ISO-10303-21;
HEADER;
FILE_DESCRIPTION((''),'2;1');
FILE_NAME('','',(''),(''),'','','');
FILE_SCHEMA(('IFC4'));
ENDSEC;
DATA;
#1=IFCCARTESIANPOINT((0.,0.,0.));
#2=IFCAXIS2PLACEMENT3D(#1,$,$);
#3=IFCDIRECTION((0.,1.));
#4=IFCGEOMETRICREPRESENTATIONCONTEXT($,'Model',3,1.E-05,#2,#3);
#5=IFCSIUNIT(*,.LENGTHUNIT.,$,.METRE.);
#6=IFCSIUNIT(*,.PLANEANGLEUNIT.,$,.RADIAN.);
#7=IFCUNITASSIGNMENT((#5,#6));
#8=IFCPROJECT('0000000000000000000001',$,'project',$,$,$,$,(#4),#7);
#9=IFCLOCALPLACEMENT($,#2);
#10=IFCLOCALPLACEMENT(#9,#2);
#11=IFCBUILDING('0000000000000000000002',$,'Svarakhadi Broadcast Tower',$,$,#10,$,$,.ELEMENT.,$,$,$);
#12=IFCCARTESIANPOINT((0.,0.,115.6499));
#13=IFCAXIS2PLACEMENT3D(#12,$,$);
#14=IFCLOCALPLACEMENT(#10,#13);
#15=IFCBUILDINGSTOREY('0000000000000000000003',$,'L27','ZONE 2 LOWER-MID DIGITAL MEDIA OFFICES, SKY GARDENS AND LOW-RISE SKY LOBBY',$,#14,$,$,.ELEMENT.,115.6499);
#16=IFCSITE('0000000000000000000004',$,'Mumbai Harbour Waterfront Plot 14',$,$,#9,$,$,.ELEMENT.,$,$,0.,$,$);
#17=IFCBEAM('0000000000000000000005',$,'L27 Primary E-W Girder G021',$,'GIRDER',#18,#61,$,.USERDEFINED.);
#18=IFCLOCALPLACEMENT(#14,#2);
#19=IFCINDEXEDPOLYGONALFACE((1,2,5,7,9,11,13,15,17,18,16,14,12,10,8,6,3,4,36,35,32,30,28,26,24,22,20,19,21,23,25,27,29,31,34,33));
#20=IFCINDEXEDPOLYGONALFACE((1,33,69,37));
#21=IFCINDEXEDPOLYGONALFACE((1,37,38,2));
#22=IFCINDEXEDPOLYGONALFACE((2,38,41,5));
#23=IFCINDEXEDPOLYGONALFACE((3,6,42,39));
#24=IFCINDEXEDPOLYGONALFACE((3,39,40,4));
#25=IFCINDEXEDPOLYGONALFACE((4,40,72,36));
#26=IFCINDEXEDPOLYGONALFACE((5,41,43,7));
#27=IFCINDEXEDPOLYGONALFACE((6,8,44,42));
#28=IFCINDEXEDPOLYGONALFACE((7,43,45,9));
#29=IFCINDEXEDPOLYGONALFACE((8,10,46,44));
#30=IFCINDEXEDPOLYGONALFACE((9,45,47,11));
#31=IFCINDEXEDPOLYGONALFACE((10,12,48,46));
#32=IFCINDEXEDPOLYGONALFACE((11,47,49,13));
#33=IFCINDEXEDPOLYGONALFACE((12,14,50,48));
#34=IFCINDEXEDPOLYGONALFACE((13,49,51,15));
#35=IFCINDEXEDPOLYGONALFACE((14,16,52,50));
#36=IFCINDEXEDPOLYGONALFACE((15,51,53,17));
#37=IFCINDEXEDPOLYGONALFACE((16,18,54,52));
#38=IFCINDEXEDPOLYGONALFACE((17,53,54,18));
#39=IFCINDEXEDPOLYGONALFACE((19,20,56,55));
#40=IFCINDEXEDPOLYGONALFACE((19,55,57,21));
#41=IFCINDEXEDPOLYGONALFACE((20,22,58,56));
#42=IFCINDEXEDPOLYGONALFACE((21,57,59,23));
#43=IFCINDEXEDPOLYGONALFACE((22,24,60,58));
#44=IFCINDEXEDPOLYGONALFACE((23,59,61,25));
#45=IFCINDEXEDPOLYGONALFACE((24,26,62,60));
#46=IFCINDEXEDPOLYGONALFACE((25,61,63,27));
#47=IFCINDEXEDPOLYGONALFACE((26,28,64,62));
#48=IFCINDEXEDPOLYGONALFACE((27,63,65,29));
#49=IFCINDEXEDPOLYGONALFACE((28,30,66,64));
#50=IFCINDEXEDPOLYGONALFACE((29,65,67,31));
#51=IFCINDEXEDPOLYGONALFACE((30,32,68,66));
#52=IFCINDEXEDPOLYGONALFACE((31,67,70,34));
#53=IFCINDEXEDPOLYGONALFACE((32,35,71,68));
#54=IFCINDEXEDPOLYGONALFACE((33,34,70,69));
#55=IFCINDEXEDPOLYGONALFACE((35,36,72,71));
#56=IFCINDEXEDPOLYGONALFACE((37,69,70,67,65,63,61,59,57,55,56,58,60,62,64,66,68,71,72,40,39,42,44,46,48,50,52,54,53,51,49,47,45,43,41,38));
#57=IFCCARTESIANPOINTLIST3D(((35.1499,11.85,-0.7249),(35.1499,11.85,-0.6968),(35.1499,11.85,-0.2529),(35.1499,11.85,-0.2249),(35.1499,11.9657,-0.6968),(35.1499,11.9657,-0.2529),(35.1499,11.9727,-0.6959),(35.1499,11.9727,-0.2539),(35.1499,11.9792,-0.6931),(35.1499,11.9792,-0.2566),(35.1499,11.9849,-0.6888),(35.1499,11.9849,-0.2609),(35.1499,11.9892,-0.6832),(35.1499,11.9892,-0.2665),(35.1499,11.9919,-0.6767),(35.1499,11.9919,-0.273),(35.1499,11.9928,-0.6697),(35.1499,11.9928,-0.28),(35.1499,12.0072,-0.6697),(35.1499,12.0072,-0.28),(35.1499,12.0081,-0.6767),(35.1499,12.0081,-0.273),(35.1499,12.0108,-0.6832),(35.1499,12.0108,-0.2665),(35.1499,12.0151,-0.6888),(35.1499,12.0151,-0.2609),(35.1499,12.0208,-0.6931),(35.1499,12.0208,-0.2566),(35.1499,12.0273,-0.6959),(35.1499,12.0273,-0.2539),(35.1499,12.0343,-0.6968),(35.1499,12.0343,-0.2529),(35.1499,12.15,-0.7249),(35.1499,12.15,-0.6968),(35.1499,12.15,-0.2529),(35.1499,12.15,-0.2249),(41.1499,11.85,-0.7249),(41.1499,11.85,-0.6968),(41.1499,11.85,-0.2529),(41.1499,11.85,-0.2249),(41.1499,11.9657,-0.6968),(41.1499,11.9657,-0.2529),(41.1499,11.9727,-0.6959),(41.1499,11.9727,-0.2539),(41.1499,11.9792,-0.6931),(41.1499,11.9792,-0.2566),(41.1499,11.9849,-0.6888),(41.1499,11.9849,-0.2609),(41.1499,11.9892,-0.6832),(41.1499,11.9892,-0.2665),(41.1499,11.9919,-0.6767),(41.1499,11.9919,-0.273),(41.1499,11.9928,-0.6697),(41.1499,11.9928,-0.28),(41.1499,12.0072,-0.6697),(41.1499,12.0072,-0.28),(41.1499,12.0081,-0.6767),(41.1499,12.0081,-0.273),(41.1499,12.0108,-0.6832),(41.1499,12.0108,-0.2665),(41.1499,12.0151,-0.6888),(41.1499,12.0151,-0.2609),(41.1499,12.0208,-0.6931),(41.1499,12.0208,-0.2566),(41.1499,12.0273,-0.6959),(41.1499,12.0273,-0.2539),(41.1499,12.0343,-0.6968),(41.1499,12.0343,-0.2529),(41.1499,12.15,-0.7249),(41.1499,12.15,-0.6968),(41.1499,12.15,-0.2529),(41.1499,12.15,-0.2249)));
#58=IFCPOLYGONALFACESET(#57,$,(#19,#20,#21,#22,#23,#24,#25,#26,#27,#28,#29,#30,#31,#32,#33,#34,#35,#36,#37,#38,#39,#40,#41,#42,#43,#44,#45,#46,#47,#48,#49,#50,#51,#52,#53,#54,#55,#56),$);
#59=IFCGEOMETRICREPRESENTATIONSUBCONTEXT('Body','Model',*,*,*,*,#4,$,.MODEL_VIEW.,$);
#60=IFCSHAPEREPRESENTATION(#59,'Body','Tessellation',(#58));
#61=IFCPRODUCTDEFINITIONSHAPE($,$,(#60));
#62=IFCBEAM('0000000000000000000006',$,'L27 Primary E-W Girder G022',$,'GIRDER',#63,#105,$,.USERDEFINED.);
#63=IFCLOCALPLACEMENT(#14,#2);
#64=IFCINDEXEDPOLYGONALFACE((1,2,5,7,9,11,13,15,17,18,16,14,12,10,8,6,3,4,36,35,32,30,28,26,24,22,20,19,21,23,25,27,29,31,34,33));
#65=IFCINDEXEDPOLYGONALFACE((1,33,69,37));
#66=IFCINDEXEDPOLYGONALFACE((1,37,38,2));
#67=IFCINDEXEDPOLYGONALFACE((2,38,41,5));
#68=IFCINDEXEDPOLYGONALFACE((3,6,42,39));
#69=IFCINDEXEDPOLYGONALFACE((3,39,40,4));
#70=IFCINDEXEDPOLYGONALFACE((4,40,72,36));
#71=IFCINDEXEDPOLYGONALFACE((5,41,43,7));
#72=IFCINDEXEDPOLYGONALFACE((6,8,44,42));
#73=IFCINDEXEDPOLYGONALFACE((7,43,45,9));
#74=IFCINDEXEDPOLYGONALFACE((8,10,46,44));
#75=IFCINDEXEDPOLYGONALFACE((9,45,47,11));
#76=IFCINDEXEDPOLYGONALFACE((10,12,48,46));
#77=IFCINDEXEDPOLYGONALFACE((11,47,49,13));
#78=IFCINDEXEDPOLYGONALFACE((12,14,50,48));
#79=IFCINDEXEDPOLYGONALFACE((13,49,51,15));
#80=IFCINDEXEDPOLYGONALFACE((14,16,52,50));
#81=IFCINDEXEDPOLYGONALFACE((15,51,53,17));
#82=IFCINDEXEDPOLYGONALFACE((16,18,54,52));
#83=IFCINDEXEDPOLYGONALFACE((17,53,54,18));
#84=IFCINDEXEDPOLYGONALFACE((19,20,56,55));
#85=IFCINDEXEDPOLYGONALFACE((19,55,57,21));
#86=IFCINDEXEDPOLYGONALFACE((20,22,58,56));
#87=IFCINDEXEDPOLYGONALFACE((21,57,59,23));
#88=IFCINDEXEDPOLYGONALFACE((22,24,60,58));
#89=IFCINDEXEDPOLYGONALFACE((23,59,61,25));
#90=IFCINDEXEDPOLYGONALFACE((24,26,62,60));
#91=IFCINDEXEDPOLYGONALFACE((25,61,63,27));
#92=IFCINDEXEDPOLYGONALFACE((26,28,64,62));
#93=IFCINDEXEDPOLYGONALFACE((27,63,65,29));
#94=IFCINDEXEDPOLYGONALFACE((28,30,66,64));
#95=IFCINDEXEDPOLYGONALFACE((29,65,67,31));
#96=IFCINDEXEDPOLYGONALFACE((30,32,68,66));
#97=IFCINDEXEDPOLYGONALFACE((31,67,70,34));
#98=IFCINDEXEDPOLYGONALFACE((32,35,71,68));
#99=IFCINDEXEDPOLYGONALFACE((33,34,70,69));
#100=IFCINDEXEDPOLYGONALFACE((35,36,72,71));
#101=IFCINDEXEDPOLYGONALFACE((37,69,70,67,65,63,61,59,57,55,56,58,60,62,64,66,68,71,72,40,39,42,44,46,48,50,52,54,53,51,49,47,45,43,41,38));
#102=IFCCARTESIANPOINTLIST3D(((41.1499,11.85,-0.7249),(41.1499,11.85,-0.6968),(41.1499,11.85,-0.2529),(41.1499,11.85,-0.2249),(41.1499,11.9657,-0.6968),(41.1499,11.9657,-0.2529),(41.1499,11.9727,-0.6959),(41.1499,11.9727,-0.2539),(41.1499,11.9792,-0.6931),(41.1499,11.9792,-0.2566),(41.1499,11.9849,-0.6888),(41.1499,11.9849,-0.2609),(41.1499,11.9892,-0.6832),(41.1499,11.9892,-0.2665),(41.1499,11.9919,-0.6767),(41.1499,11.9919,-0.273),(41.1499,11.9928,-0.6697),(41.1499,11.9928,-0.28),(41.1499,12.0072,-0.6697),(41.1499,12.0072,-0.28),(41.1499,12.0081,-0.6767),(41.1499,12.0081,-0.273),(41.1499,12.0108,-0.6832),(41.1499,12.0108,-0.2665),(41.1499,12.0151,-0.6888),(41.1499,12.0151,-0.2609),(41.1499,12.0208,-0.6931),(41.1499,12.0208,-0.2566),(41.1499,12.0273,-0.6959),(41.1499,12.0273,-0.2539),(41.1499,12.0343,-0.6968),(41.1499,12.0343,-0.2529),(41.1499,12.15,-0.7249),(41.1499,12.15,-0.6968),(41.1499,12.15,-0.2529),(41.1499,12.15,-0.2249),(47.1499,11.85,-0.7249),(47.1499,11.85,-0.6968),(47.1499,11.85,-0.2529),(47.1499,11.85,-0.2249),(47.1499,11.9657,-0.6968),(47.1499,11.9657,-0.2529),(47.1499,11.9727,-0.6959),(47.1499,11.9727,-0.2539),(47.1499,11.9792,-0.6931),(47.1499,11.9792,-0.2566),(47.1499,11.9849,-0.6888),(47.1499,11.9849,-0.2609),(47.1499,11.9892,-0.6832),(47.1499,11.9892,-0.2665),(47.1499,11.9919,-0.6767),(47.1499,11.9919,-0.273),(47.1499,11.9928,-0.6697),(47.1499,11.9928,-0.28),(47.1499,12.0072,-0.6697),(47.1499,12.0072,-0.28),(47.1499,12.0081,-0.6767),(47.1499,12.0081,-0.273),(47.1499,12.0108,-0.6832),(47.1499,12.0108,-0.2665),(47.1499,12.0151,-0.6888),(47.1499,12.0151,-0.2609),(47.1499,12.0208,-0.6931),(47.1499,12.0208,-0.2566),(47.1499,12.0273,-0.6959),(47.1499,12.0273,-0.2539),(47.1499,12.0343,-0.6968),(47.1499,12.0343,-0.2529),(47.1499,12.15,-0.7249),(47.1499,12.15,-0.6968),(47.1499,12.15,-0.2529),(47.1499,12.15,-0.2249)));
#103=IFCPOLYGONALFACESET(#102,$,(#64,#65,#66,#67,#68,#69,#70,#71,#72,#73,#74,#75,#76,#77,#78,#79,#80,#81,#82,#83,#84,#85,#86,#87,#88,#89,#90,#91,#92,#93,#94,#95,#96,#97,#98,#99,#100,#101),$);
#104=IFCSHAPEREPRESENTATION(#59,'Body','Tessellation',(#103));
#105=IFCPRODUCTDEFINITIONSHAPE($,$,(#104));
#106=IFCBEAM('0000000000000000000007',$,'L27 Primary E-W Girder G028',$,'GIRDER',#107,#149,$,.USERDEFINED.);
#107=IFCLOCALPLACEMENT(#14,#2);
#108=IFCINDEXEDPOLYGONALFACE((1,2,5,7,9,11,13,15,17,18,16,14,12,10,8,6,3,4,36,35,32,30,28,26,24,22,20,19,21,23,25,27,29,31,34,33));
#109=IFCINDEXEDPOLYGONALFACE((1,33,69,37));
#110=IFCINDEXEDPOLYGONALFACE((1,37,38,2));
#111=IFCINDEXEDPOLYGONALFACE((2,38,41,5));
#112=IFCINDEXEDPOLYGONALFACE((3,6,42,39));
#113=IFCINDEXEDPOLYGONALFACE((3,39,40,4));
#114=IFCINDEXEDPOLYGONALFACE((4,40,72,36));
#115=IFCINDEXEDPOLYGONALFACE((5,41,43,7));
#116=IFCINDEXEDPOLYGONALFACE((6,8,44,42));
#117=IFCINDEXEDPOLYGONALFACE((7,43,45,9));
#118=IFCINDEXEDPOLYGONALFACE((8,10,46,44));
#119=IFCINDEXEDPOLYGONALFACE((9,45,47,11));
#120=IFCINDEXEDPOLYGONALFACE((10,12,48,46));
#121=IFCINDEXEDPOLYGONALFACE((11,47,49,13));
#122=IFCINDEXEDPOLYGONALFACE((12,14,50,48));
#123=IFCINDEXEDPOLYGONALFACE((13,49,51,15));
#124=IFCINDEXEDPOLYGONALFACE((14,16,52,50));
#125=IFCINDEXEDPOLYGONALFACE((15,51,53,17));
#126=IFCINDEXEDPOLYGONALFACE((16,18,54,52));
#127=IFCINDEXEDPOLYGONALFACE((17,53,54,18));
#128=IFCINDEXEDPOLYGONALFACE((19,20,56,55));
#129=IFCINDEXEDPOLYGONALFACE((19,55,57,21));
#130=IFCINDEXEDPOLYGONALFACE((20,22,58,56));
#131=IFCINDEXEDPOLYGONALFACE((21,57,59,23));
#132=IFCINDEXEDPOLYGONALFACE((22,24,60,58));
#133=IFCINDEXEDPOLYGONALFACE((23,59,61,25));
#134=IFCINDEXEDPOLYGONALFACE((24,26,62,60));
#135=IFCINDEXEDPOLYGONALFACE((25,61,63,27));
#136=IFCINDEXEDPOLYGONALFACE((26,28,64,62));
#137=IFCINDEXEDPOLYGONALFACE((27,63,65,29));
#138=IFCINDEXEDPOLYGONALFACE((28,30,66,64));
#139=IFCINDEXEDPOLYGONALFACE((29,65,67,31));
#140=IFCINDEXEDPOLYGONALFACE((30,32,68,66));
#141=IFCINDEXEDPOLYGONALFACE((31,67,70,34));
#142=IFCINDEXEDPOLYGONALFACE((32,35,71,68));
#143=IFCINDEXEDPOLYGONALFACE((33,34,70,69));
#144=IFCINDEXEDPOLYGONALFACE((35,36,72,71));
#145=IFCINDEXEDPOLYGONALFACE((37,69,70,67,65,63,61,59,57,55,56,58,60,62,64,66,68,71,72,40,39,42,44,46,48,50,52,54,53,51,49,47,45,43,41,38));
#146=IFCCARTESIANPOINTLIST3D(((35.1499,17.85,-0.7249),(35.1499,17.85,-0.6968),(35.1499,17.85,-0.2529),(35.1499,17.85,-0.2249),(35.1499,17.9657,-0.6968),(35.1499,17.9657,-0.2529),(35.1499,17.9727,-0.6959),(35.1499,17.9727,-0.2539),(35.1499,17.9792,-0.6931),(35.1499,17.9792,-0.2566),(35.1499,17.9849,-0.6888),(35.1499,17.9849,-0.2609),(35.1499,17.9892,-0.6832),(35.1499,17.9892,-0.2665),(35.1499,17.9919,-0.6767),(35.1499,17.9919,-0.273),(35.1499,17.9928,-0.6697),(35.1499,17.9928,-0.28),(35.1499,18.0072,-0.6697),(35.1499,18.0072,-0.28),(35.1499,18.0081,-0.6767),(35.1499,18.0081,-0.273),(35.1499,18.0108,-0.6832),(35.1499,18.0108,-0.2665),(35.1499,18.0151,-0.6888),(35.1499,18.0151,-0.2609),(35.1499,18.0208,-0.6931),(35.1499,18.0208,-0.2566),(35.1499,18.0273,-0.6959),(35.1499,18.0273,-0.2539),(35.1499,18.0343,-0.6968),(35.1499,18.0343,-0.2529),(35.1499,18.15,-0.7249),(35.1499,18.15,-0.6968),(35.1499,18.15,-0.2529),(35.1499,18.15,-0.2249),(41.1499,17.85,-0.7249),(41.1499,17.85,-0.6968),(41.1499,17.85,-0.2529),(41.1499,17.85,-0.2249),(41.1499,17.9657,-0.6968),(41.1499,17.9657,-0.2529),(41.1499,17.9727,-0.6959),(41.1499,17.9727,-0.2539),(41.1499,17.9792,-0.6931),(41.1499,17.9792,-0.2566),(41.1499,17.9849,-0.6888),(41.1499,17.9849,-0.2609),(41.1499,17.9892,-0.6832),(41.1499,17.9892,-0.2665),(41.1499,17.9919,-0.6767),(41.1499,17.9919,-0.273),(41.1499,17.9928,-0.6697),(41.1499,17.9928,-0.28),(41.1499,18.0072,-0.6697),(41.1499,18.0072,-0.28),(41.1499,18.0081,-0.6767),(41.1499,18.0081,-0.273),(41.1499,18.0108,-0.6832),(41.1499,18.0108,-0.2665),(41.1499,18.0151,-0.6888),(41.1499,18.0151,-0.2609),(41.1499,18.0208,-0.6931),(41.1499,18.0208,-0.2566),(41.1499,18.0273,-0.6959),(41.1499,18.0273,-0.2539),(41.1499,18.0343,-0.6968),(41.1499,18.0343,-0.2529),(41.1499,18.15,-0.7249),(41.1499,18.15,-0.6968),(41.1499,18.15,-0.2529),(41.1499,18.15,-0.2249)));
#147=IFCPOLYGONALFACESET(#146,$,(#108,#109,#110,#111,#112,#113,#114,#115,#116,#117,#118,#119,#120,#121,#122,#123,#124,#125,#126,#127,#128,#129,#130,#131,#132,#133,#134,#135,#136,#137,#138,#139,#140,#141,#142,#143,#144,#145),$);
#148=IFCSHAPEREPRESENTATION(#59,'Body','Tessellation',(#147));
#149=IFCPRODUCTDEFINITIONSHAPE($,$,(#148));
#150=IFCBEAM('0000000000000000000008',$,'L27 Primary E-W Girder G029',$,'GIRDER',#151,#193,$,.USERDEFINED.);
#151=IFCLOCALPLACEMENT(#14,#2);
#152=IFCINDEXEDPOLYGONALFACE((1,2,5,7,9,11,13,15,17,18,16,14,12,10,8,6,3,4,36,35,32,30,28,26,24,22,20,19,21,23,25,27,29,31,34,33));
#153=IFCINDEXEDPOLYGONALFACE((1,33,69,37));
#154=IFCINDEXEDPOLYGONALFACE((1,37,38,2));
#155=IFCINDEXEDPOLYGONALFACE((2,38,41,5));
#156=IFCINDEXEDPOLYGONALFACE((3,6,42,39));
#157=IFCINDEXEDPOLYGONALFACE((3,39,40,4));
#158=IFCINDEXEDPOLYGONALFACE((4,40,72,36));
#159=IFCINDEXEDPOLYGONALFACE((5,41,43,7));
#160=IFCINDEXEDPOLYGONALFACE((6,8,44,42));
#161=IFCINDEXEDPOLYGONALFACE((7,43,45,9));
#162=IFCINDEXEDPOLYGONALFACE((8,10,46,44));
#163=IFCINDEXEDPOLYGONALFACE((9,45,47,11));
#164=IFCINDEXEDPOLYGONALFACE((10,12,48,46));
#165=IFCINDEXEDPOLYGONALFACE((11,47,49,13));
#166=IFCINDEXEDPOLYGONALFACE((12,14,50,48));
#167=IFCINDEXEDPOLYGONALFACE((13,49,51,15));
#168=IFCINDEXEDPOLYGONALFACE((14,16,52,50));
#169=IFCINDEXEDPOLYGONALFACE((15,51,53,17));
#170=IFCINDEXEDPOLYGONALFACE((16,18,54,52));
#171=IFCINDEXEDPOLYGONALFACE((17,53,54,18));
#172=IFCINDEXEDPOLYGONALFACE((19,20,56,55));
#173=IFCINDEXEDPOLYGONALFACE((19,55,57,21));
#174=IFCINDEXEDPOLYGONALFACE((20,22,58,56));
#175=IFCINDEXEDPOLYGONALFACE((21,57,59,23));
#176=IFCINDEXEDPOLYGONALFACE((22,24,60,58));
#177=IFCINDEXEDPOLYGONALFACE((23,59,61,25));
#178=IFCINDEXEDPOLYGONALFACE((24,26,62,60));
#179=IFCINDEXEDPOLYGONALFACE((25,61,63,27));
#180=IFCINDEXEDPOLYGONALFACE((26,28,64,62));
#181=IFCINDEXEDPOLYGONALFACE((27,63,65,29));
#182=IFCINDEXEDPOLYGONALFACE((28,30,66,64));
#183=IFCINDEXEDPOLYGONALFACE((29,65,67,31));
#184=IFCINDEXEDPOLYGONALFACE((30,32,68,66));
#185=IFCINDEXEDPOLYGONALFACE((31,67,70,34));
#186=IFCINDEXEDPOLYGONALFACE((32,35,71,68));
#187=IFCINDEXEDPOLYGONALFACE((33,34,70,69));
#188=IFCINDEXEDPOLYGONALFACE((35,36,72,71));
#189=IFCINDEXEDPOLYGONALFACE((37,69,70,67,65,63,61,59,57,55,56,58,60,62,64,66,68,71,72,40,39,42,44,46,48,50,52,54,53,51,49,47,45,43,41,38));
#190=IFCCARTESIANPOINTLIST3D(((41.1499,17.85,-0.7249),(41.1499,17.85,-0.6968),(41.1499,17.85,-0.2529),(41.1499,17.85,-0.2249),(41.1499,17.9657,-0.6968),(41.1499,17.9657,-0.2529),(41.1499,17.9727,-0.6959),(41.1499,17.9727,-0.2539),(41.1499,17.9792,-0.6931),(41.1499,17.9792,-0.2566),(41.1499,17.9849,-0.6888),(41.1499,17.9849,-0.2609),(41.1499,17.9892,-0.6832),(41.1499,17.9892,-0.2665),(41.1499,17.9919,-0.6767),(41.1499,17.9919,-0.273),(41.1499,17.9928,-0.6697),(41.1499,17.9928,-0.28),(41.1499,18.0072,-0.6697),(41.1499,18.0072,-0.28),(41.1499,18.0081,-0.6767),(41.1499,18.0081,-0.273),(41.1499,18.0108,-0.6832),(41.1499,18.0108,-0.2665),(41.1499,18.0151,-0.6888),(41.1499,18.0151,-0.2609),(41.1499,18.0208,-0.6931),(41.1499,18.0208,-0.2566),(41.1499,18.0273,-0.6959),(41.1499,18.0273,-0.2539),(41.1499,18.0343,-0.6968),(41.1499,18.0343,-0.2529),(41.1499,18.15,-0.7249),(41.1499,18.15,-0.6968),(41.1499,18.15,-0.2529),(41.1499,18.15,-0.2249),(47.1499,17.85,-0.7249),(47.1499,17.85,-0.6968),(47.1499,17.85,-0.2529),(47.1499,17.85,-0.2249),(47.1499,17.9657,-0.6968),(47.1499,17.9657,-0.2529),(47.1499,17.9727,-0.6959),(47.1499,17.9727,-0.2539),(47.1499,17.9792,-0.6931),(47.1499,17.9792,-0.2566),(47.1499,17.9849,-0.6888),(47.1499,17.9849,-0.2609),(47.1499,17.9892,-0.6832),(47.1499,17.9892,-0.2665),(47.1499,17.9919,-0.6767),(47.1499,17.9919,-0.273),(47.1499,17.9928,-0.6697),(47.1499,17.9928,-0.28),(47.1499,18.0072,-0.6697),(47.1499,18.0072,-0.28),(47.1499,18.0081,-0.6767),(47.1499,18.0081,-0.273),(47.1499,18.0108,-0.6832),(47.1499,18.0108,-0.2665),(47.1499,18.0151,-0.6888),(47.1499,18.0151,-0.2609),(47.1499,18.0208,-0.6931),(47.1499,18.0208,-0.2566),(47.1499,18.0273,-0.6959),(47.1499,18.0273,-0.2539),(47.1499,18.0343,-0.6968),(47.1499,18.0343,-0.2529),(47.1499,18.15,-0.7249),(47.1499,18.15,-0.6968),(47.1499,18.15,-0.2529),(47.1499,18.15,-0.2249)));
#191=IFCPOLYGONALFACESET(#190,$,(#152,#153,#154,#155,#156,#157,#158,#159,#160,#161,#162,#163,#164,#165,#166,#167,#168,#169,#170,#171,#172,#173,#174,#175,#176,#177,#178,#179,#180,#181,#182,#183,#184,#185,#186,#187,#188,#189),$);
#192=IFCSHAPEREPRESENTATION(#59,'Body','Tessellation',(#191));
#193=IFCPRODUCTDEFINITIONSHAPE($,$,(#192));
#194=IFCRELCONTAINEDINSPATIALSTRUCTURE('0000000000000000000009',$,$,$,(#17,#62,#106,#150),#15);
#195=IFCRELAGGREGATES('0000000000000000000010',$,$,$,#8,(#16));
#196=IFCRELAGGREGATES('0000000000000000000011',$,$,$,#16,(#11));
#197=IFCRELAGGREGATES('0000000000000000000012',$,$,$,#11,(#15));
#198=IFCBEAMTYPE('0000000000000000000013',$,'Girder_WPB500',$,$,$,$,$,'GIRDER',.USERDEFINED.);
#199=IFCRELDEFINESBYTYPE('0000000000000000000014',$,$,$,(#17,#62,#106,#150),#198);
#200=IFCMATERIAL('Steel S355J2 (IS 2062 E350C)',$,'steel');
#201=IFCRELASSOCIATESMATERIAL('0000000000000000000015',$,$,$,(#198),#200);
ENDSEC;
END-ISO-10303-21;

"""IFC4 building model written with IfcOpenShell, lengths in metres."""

from ifc_helpers import new_model, si_unit, direction, frame, origin, origin_2d, place, context, subcontext, project, spatial, i_section, extrude, material, material_profile, profile_set, type_object, element, save


model = new_model("IFC4")

# Units and contexts
model_context = context("Model", 3, precision=1e-05, world=origin(), true_north=direction((0.0, 1.0)))
body_context = subcontext(model_context, "Body", "Model", "MODEL_VIEW")
ifc_project = project(units=[si_unit("LENGTHUNIT", "METRE"), si_unit("PLANEANGLEUNIT", "RADIAN")], contexts=[model_context])

# Site, building, storey
site_placement = place(None, origin())
site = spatial("IfcSite", under=ifc_project, at=site_placement, Name="Mumbai Harbour Waterfront Plot 14", CompositionType="ELEMENT", RefElevation=0.0)
building_placement = place(site_placement, origin())
building = spatial("IfcBuilding", under=site, at=building_placement, Name="Svarakhadi Broadcast Tower", CompositionType="ELEMENT")
storey_placement = place(building_placement, frame((0.0, 0.0, 115.6499)))
storey = spatial("IfcBuildingStorey", under=building, at=storey_placement, Name="L27", Description="ZONE 2 LOWER-MID DIGITAL MEDIA OFFICES, SKY GARDENS AND LOW-RISE SKY LOBBY", CompositionType="ELEMENT", Elevation=115.6499)

# Shared definitions
ifc_material_1 = material(Name="Steel S355J2 (IS 2062 E350C)", Category="steel")

# Beams
ifc_material_profile_1 = material_profile(ifc_material_1, i_section(OverallWidth=0.3, OverallDepth=0.5, WebThickness=0.0144, FlangeThickness=0.0281, FilletRadius=0.0271, at=origin_2d()), Name="WPB 500x300x187")
ifc_profile_set_1 = profile_set([ifc_material_profile_1], Name="Steel S355J2 (IS 2062 E350C)")
beam_type_1 = type_object("IfcBeamType", Name="Girder_WPB500", ElementType="GIRDER", PredefinedType="USERDEFINED", material=ifc_profile_set_1)
for number, where, z_axis, x_axis, name in (
    (1, (35.1499, 12.0, -0.4749), (1.0, 0.0, 0.0), (0.0, 1.0, 0.0), "L27 Primary E-W Girder G021"),
    (2, (41.1499, 12.0, -0.4749), (1.0, 0.0, 0.0), (0.0, 1.0, 0.0), "L27 Primary E-W Girder G022"),
    (3, (35.1499, 18.0, -0.4749), (1.0, 0.0, 0.0), (0.0, 1.0, 0.0), "L27 Primary E-W Girder G028"),
    (4, (41.1499, 18.0, -0.4749), (1.0, 0.0, 0.0), (0.0, 1.0, 0.0), "L27 Primary E-W Girder G029"),
):
    element("IfcBeam", number, at=place(storey_placement, frame(where, z_axis=z_axis, x_axis=x_axis)), inside=storey, type_object=beam_type_1, Name=name, ObjectType="GIRDER", PredefinedType="USERDEFINED", context=body_context, shape_type="SweptSolid", body=[
        extrude(i_section(OverallWidth=0.3, OverallDepth=0.5, WebThickness=0.0144, FlangeThickness=0.0281, FilletRadius=0.0271, at=origin_2d()), origin(), (0.0, 0.0, 1.0), 6.0),
    ])

save(model, "model.ifc")
